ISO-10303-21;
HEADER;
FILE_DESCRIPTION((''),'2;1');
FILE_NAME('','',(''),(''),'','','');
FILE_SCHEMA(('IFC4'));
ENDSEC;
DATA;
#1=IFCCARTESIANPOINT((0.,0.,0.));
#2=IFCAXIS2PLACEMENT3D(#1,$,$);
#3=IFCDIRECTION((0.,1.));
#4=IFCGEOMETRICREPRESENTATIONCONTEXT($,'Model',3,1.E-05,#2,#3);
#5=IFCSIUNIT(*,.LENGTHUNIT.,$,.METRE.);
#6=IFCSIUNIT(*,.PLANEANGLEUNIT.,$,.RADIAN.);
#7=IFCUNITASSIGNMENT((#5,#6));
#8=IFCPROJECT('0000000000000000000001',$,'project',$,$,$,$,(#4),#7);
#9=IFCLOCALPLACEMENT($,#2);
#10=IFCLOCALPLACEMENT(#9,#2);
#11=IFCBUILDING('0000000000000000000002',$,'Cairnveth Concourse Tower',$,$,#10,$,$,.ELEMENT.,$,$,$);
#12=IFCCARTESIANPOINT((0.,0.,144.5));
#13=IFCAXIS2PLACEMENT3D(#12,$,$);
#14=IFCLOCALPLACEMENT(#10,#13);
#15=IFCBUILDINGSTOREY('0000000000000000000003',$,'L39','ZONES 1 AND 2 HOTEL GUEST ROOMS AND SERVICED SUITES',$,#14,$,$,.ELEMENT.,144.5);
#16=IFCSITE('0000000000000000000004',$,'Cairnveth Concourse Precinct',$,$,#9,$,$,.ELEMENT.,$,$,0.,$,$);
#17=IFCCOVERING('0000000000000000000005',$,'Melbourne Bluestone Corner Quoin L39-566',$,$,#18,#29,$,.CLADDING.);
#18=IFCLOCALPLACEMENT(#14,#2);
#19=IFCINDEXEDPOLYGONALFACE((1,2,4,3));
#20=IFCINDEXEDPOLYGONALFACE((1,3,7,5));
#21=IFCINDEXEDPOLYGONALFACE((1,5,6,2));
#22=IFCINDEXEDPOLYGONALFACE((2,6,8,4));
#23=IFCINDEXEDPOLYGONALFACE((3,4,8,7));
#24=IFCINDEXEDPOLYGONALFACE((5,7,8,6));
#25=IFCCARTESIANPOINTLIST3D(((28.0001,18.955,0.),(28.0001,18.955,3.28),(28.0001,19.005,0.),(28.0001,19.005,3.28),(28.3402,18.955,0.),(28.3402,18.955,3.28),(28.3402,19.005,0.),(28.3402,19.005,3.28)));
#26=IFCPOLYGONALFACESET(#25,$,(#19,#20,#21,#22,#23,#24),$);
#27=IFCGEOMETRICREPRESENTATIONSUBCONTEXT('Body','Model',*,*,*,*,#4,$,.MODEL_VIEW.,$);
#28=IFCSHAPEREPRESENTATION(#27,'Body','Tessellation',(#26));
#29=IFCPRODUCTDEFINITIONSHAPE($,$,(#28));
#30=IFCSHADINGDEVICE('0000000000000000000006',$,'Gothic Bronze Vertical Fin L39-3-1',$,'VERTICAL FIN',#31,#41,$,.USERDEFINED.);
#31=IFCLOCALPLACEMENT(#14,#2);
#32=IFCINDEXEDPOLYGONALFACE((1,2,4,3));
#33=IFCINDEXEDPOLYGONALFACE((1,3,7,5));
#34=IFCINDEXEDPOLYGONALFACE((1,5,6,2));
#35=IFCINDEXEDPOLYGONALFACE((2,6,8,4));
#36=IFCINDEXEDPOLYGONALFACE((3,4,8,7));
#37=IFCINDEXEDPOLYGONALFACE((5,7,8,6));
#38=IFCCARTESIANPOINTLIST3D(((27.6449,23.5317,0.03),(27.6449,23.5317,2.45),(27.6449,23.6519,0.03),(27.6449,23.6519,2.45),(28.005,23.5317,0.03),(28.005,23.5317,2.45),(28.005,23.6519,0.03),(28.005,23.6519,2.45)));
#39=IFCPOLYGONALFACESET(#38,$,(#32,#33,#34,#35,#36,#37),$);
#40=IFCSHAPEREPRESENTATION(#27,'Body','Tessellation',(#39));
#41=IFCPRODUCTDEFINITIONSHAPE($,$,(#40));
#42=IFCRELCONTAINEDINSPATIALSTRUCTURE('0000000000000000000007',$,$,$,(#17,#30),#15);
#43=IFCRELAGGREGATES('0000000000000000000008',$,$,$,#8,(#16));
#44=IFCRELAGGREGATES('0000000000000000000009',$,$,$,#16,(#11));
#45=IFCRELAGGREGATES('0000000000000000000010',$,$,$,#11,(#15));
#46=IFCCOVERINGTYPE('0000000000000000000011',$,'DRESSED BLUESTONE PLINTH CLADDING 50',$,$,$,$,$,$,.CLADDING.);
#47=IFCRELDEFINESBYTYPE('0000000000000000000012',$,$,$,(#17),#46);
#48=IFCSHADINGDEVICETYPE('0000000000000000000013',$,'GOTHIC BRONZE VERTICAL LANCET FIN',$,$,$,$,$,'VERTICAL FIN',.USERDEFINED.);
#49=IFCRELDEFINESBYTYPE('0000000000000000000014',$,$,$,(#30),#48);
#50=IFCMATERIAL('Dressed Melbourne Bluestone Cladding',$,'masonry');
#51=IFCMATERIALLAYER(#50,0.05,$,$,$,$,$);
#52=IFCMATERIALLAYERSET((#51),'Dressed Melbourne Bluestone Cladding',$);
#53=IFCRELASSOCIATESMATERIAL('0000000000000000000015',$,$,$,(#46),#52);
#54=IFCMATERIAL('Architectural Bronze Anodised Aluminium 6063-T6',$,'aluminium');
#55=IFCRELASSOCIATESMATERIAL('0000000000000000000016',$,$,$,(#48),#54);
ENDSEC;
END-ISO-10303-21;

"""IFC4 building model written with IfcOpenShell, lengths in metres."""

from ifc_helpers import new_model, si_unit, direction, frame, frame_2d, origin, origin_2d, place, context, subcontext, project, spatial, rectangle, extrude, material, layer, layer_set, type_object, element, save


model = new_model("IFC4")

# Units and contexts
model_context = context("Model", 3, precision=1e-05, world=origin(), true_north=direction((0.0, 1.0)))
body_context = subcontext(model_context, "Body", "Model", "MODEL_VIEW")
ifc_project = project(units=[si_unit("LENGTHUNIT", "METRE"), si_unit("PLANEANGLEUNIT", "RADIAN")], contexts=[model_context])

# Site, building, storey
site_placement = place(None, origin())
site = spatial("IfcSite", under=ifc_project, at=site_placement, Name="Cairnveth Concourse Precinct", CompositionType="ELEMENT", RefElevation=0.0)
building_placement = place(site_placement, origin())
building = spatial("IfcBuilding", under=site, at=building_placement, Name="Cairnveth Concourse Tower", CompositionType="ELEMENT")
storey_placement = place(building_placement, frame((0.0, 0.0, 144.5)))
storey = spatial("IfcBuildingStorey", under=building, at=storey_placement, Name="L39", Description="ZONES 1 AND 2 HOTEL GUEST ROOMS AND SERVICED SUITES", CompositionType="ELEMENT", Elevation=144.5)

# Covering
ifc_material_1 = material(Name="Dressed Melbourne Bluestone Cladding", Category="masonry")
ifc_layer_1 = layer(ifc_material_1, 0.05)
ifc_layer_set_1 = layer_set([ifc_layer_1], Name="Dressed Melbourne Bluestone Cladding")
covering_type = type_object("IfcCoveringType", Name="DRESSED BLUESTONE PLINTH CLADDING 50", PredefinedType="CLADDING", material=ifc_layer_set_1)
covering_placement = place(storey_placement, frame((28.3401, 18.98, 0.0), z_axis=(0.0, 0.0, 1.0), x_axis=(-1.0, 0.0, 0.0)))
element("IfcCovering", 1, at=covering_placement, inside=storey, type_object=covering_type, Name="Melbourne Bluestone Corner Quoin L39-566", PredefinedType="CLADDING", context=body_context, shape_type="SweptSolid", body=[
    extrude(rectangle(XDim=0.3401, YDim=0.05, at=frame_2d((0.1699, 0.0))), origin(), (0.0, 0.0, 1.0), 3.28),
])

# Shading device
ifc_material_2 = material(Name="Architectural Bronze Anodised Aluminium 6063-T6", Category="aluminium")
shading_device_type = type_object("IfcShadingDeviceType", Name="GOTHIC BRONZE VERTICAL LANCET FIN", ElementType="VERTICAL FIN", PredefinedType="USERDEFINED", material=ifc_material_2)
shading_device_placement = place(storey_placement, frame((27.825, 23.5918, 0.03), z_axis=(0.0, 0.0, 1.0), x_axis=(0.0, 1.0, 0.0)))
element("IfcShadingDevice", 2, at=shading_device_placement, inside=storey, type_object=shading_device_type, Name="Gothic Bronze Vertical Fin L39-3-1", ObjectType="VERTICAL FIN", PredefinedType="USERDEFINED", context=body_context, shape_type="SweptSolid", body=[
    extrude(rectangle(XDim=0.1201, YDim=0.3601, at=origin_2d()), origin(), (0.0, 0.0, 1.0), 2.4199),
])

save(model, "model.ifc")
